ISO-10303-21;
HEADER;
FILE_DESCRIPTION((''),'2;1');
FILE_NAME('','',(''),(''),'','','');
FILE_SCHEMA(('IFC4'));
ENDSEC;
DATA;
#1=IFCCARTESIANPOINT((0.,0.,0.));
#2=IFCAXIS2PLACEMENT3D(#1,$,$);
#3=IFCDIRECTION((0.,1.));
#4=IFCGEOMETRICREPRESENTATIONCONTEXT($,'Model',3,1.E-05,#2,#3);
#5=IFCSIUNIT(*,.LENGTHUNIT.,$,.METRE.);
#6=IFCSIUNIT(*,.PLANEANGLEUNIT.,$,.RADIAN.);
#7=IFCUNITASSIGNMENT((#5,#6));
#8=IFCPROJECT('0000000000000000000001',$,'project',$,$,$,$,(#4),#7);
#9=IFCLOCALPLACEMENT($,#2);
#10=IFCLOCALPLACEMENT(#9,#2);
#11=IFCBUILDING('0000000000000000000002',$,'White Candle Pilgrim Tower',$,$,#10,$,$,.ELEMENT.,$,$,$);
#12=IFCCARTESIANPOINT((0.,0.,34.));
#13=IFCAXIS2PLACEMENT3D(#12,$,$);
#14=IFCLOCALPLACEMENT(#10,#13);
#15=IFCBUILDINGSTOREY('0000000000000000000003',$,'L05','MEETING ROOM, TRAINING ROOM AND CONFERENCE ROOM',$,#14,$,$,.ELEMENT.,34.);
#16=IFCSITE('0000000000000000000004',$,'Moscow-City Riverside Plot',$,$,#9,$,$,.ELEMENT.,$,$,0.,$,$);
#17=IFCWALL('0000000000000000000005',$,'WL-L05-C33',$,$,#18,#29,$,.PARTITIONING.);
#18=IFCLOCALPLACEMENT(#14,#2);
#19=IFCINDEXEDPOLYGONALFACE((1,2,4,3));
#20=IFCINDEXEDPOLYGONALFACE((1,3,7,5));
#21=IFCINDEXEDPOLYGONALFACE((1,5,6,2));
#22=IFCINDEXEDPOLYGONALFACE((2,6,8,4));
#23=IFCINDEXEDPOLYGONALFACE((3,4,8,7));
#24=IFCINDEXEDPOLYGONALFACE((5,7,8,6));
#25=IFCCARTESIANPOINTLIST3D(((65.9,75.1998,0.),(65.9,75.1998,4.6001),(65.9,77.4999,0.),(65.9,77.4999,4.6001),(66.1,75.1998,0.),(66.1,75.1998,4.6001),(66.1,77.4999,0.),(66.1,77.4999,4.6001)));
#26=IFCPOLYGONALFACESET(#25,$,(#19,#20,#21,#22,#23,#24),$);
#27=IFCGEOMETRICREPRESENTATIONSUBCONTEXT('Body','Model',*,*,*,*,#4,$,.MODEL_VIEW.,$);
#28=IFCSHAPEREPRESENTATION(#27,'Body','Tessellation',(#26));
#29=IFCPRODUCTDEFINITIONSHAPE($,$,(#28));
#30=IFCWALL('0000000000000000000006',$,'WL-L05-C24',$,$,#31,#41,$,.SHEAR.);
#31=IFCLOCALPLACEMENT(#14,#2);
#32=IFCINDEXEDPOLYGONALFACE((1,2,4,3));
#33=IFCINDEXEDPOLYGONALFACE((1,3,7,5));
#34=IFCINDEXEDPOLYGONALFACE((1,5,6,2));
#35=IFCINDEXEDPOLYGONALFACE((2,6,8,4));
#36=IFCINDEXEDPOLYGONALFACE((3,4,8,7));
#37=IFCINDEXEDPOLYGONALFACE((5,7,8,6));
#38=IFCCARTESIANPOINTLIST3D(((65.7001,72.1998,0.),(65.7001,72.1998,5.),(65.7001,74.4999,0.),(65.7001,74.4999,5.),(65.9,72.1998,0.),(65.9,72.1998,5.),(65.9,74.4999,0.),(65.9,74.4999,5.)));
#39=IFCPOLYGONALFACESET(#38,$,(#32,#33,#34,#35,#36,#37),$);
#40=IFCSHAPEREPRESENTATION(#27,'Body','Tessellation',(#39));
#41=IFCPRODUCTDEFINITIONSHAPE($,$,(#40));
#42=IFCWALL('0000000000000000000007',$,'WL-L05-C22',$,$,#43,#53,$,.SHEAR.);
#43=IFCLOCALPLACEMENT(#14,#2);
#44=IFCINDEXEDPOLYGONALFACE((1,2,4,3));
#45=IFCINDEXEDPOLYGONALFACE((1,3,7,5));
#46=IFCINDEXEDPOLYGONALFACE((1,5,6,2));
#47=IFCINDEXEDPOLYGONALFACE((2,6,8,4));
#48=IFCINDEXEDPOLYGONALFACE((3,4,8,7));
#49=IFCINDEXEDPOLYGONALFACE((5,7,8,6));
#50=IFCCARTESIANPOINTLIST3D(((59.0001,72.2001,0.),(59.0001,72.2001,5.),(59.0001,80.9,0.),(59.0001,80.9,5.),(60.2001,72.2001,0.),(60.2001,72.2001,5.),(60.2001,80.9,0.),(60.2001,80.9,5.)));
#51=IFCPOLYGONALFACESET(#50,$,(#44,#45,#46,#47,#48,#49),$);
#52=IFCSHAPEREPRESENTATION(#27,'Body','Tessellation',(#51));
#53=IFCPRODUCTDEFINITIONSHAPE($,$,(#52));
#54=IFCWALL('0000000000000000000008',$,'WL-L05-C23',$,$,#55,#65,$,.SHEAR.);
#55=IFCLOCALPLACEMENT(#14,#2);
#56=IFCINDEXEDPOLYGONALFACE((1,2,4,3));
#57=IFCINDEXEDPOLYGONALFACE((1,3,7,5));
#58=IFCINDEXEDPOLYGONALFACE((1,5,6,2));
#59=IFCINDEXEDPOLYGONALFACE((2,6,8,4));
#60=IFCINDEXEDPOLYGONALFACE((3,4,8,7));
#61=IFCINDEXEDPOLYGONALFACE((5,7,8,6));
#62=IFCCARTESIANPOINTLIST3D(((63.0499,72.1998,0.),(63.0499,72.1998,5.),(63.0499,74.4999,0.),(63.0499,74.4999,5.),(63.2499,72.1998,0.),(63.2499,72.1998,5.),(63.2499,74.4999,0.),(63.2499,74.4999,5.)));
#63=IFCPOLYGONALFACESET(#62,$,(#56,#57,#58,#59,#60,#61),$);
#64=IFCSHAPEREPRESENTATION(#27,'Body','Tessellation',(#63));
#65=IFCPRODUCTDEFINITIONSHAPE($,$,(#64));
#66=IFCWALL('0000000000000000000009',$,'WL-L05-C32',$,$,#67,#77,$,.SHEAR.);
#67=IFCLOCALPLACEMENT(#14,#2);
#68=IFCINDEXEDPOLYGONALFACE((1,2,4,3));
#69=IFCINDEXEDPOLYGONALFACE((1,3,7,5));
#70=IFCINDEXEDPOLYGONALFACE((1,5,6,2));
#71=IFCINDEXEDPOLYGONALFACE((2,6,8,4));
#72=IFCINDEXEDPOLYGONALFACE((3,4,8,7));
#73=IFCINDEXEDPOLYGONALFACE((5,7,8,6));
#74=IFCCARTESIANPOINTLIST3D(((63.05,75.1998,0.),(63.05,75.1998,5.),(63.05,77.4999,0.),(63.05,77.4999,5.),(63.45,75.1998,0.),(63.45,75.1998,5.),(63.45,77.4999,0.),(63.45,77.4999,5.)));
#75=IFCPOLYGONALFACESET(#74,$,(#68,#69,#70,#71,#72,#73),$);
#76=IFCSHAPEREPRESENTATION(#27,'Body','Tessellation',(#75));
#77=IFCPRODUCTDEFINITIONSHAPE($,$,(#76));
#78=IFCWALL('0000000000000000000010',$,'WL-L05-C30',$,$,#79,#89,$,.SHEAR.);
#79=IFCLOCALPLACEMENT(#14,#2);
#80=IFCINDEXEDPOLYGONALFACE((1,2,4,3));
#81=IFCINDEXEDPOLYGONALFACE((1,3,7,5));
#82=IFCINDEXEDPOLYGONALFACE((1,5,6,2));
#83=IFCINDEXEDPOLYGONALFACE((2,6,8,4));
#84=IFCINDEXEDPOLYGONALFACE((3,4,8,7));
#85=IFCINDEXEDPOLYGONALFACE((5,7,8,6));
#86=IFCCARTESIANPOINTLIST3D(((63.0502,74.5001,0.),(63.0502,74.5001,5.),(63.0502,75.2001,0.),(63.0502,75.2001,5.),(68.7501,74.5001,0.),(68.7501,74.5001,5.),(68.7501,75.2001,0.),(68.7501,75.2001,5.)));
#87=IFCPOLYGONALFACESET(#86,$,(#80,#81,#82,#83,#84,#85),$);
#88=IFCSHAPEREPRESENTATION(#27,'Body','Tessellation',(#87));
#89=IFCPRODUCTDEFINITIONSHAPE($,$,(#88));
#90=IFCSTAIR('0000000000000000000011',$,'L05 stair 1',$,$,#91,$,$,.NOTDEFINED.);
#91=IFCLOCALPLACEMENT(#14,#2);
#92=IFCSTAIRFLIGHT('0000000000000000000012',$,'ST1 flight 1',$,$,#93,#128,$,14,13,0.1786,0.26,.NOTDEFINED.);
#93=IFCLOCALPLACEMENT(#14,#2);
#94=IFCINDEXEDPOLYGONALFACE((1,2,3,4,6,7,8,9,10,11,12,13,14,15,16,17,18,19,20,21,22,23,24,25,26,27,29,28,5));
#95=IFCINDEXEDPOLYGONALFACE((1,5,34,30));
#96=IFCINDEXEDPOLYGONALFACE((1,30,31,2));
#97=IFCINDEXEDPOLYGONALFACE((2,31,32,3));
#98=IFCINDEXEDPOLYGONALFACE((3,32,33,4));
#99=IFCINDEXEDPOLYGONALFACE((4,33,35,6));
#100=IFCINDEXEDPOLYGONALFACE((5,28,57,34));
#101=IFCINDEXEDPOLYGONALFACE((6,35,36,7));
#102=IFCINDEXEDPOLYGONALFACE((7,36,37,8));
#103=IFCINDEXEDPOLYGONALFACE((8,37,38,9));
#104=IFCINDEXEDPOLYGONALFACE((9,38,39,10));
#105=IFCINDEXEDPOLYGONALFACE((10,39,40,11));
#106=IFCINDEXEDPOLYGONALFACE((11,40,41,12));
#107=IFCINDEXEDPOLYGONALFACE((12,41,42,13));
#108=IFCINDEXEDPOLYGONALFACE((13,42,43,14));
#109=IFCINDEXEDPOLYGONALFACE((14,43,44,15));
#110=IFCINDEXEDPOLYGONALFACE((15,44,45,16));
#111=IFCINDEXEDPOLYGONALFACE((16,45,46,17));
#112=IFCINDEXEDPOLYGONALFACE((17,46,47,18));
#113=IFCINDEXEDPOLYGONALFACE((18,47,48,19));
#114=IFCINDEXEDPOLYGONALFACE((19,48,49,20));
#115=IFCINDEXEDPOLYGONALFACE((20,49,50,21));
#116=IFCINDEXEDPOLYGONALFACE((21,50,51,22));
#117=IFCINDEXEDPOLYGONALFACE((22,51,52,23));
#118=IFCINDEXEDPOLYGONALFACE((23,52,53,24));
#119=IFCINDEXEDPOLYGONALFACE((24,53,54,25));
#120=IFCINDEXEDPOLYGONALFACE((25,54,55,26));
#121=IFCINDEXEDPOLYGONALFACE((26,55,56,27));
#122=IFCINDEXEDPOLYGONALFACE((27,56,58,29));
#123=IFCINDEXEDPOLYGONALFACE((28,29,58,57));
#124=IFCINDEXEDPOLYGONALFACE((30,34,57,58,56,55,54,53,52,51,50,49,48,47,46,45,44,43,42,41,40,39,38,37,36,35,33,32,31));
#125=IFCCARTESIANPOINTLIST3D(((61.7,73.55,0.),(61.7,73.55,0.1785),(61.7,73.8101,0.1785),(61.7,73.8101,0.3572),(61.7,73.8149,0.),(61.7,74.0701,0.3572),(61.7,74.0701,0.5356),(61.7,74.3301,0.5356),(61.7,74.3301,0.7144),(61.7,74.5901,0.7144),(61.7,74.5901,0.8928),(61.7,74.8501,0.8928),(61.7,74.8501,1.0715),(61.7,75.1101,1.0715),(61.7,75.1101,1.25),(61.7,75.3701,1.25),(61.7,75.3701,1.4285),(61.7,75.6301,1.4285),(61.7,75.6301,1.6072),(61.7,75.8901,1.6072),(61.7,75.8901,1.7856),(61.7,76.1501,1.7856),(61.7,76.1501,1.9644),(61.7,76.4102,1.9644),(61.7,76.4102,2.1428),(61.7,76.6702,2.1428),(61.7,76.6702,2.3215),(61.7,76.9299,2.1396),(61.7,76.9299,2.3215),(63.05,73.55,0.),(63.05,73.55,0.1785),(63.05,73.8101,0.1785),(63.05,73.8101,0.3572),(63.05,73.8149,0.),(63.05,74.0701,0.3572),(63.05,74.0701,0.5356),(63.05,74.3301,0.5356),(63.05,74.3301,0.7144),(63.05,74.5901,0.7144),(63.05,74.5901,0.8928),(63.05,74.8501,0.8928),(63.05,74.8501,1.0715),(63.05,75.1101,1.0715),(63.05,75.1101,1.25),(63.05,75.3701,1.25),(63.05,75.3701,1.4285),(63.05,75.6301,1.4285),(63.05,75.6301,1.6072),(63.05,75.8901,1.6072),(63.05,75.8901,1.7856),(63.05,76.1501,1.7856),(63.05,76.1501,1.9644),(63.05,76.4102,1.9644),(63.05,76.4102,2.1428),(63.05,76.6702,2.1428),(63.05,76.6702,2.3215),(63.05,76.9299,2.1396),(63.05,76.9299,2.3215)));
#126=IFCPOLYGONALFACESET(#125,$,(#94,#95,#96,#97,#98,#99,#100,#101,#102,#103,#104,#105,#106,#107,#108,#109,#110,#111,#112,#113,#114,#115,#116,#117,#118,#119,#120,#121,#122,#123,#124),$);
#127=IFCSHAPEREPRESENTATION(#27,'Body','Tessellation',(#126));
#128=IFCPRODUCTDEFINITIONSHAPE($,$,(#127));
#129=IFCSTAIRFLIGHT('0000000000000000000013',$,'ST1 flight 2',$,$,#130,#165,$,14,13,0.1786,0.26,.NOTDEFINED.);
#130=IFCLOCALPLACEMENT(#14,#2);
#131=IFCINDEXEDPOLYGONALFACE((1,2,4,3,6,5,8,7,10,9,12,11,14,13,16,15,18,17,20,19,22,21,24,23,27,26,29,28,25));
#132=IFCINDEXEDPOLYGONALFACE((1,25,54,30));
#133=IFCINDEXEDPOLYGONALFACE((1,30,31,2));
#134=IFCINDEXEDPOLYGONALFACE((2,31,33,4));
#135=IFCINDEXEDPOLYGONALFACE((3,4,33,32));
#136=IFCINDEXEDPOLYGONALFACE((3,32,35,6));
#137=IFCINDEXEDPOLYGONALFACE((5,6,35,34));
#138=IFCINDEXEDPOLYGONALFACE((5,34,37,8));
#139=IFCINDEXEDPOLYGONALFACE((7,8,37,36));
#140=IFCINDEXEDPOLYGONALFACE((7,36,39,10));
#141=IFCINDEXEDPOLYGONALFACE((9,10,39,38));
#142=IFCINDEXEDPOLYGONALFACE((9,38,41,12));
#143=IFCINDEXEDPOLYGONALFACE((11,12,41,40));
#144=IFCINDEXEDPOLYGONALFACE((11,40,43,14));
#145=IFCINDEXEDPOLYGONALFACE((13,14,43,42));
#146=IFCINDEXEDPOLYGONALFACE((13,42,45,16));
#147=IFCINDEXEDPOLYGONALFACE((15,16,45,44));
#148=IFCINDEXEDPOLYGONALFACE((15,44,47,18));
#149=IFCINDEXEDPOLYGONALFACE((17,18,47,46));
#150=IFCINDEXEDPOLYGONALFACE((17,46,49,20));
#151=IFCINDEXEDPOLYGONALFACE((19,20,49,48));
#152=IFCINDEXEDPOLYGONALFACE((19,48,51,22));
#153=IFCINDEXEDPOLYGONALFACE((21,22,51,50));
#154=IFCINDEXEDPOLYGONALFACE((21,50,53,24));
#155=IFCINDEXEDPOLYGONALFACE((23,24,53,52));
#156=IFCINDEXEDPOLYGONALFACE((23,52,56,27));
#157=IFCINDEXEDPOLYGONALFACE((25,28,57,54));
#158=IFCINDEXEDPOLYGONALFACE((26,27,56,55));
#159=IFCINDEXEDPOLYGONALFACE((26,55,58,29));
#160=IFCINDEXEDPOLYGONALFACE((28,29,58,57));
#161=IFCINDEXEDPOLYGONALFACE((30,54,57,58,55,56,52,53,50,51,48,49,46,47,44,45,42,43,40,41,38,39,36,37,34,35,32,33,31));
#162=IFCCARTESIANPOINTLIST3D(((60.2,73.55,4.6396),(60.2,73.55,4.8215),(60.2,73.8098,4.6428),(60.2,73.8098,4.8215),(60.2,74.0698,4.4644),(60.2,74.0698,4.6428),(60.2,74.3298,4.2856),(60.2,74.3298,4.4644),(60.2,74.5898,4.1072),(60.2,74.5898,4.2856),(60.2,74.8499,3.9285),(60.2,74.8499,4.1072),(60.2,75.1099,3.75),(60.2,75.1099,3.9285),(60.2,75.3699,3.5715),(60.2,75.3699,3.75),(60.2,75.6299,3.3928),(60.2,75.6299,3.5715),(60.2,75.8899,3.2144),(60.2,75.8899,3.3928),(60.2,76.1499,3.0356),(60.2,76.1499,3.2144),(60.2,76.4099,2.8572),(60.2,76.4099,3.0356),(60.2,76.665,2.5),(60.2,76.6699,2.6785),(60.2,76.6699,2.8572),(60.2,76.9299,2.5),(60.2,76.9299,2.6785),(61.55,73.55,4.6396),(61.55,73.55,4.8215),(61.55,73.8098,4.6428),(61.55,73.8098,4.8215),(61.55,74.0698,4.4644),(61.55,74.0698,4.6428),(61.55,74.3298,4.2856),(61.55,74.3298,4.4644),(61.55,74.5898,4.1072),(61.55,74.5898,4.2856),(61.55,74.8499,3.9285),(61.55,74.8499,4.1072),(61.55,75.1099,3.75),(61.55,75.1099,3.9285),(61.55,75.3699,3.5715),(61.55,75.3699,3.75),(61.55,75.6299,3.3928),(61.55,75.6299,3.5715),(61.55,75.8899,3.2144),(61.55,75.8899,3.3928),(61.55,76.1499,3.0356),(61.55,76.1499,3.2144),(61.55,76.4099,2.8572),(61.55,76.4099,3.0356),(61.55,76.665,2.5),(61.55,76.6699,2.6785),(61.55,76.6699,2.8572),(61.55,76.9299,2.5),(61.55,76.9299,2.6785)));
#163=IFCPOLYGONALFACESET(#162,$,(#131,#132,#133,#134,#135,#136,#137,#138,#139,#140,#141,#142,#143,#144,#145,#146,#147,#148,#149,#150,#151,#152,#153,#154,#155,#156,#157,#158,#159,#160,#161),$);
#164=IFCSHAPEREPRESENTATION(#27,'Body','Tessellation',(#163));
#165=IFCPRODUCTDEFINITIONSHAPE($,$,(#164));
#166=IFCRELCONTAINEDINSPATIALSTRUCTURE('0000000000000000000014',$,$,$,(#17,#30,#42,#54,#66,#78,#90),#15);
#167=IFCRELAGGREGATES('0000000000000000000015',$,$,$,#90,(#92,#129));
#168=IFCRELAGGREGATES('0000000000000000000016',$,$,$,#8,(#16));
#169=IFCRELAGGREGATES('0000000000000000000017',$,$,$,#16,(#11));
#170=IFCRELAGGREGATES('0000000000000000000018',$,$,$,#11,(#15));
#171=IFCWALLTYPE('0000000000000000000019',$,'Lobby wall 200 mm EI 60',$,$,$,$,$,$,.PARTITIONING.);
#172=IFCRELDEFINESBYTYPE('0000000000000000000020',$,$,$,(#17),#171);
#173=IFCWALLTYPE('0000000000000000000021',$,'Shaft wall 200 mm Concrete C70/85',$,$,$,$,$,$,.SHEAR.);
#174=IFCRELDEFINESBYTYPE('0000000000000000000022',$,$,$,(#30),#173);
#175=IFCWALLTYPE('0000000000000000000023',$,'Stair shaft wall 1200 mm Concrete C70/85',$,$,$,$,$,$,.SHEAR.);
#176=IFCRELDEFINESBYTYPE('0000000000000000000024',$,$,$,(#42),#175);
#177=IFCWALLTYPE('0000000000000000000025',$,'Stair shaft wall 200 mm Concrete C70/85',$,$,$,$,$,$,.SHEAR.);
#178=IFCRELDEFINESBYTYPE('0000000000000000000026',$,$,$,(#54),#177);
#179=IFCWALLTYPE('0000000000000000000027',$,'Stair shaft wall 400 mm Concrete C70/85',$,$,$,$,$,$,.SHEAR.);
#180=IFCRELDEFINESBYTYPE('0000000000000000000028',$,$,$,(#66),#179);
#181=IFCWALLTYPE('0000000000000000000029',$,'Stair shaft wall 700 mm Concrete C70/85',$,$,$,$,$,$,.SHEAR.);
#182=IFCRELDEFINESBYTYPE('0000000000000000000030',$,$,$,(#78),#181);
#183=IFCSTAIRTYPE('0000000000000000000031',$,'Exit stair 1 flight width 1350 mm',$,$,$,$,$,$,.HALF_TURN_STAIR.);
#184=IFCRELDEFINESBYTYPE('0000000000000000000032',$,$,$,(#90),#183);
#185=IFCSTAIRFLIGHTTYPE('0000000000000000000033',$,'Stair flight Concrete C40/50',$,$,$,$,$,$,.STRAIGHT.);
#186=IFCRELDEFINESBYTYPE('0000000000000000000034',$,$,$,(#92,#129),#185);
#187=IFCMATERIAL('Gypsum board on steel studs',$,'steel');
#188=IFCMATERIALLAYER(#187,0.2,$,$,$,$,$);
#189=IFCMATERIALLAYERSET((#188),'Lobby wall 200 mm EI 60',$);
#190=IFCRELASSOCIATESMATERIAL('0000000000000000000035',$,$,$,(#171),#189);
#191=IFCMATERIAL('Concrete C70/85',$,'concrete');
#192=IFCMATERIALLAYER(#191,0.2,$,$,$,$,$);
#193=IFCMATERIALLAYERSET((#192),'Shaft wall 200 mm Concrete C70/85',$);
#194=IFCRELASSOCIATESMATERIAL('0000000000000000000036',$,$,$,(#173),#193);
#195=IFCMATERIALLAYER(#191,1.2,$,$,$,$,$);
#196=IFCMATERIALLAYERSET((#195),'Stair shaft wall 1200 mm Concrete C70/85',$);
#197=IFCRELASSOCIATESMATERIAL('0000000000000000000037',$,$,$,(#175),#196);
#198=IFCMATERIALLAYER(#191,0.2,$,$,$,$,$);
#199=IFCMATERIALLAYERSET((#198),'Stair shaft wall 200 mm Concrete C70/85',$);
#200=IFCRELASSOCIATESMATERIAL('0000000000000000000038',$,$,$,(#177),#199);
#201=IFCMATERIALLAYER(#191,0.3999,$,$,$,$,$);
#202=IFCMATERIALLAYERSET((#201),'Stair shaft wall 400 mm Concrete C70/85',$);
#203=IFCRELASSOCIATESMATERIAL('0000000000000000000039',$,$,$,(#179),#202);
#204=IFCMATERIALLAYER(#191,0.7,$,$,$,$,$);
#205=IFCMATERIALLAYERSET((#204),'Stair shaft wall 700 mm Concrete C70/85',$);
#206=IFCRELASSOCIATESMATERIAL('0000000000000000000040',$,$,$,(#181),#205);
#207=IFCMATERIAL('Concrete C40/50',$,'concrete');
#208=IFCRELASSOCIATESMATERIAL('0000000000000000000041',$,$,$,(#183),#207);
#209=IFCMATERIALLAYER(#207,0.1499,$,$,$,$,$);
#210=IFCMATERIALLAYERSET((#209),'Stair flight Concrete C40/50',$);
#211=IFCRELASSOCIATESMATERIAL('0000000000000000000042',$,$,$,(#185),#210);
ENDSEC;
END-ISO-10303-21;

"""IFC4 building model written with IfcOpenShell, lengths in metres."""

from ifc_helpers import new_model, si_unit, direction, frame, frame_2d, origin, place, context, subcontext, project, spatial, polyline, rectangle, outline, extrude, material, layer, layer_set, type_object, element, aggregate, save


model = new_model("IFC4")

# Units and contexts
model_context = context("Model", 3, precision=1e-05, world=origin(), true_north=direction((0.0, 1.0)))
body_context = subcontext(model_context, "Body", "Model", "MODEL_VIEW")
ifc_project = project(units=[si_unit("LENGTHUNIT", "METRE"), si_unit("PLANEANGLEUNIT", "RADIAN")], contexts=[model_context])

# Site, building, storey
site_placement = place(None, origin())
site = spatial("IfcSite", under=ifc_project, at=site_placement, Name="Moscow-City Riverside Plot", CompositionType="ELEMENT", RefElevation=0.0)
building_placement = place(site_placement, origin())
building = spatial("IfcBuilding", under=site, at=building_placement, Name="White Candle Pilgrim Tower", CompositionType="ELEMENT")
storey_placement = place(building_placement, frame((0.0, 0.0, 34.0)))
storey = spatial("IfcBuildingStorey", under=building, at=storey_placement, Name="L05", Description="MEETING ROOM, TRAINING ROOM AND CONFERENCE ROOM", CompositionType="ELEMENT", Elevation=34.0)

# Walls
ifc_material_1 = material(Name="Gypsum board on steel studs", Category="steel")
ifc_layer_1 = layer(ifc_material_1, 0.2)
ifc_layer_set_1 = layer_set([ifc_layer_1], Name="Lobby wall 200 mm EI 60")
wall_type_1 = type_object("IfcWallType", Name="Lobby wall 200 mm EI 60", PredefinedType="PARTITIONING", material=ifc_layer_set_1)
wall_1_placement = place(storey_placement, frame((66.0, 75.2, 0.0), z_axis=(0.0, 0.0, 1.0), x_axis=(0.0, 1.0, 0.0)))
element("IfcWall", 1, at=wall_1_placement, inside=storey, type_object=wall_type_1, Name="WL-L05-C33", PredefinedType="PARTITIONING", context=body_context, shape_type="SweptSolid", body=[
    extrude(rectangle(XDim=2.3, YDim=0.2, at=frame_2d((1.1499, 0.0))), origin(), (0.0, 0.0, 1.0), 4.6001),
])
ifc_material_2 = material(Name="Concrete C70/85", Category="concrete")
ifc_layer_2 = layer(ifc_material_2, 0.2)
ifc_layer_set_2 = layer_set([ifc_layer_2], Name="Shaft wall 200 mm Concrete C70/85")
wall_type_2 = type_object("IfcWallType", Name="Shaft wall 200 mm Concrete C70/85", PredefinedType="SHEAR", material=ifc_layer_set_2)
wall_2_placement = place(storey_placement, frame((65.8, 72.2, 0.0), z_axis=(0.0, 0.0, 1.0), x_axis=(0.0, 1.0, 0.0)))
element("IfcWall", 2, at=wall_2_placement, inside=storey, type_object=wall_type_2, Name="WL-L05-C24", PredefinedType="SHEAR", context=body_context, shape_type="SweptSolid", body=[
    extrude(rectangle(XDim=2.3, YDim=0.2, at=frame_2d((1.1499, 0.0))), origin(), (0.0, 0.0, 1.0), 5.0),
])
ifc_layer_3 = layer(ifc_material_2, 1.2)
ifc_layer_set_3 = layer_set([ifc_layer_3], Name="Stair shaft wall 1200 mm Concrete C70/85")
wall_type_3 = type_object("IfcWallType", Name="Stair shaft wall 1200 mm Concrete C70/85", PredefinedType="SHEAR", material=ifc_layer_set_3)
wall_3_placement = place(storey_placement, frame((59.6001, 72.2, 0.0), z_axis=(0.0, 0.0, 1.0), x_axis=(0.0, 1.0, 0.0)))
element("IfcWall", 3, at=wall_3_placement, inside=storey, type_object=wall_type_3, Name="WL-L05-C22", PredefinedType="SHEAR", context=body_context, shape_type="SweptSolid", body=[
    extrude(rectangle(XDim=8.7, YDim=1.2, at=frame_2d((4.3501, 0.0))), origin(), (0.0, 0.0, 1.0), 5.0),
])
ifc_layer_4 = layer(ifc_material_2, 0.2)
ifc_layer_set_4 = layer_set([ifc_layer_4], Name="Stair shaft wall 200 mm Concrete C70/85")
wall_type_4 = type_object("IfcWallType", Name="Stair shaft wall 200 mm Concrete C70/85", PredefinedType="SHEAR", material=ifc_layer_set_4)
wall_4_placement = place(storey_placement, frame((63.1499, 72.2, 0.0), z_axis=(0.0, 0.0, 1.0), x_axis=(0.0, 1.0, 0.0)))
element("IfcWall", 4, at=wall_4_placement, inside=storey, type_object=wall_type_4, Name="WL-L05-C23", PredefinedType="SHEAR", context=body_context, shape_type="SweptSolid", body=[
    extrude(rectangle(XDim=2.3, YDim=0.2, at=frame_2d((1.1499, 0.0))), origin(), (0.0, 0.0, 1.0), 5.0),
])
ifc_layer_5 = layer(ifc_material_2, 0.3999)
ifc_layer_set_5 = layer_set([ifc_layer_5], Name="Stair shaft wall 400 mm Concrete C70/85")
wall_type_5 = type_object("IfcWallType", Name="Stair shaft wall 400 mm Concrete C70/85", PredefinedType="SHEAR", material=ifc_layer_set_5)
wall_5_placement = place(storey_placement, frame((63.25, 75.2, 0.0), z_axis=(0.0, 0.0, 1.0), x_axis=(0.0, 1.0, 0.0)))
element("IfcWall", 5, at=wall_5_placement, inside=storey, type_object=wall_type_5, Name="WL-L05-C32", PredefinedType="SHEAR", context=body_context, shape_type="SweptSolid", body=[
    extrude(rectangle(XDim=2.3, YDim=0.3999, at=frame_2d((1.1499, 0.0))), origin(), (0.0, 0.0, 1.0), 5.0),
])
ifc_layer_6 = layer(ifc_material_2, 0.7)
ifc_layer_set_6 = layer_set([ifc_layer_6], Name="Stair shaft wall 700 mm Concrete C70/85")
wall_type_6 = type_object("IfcWallType", Name="Stair shaft wall 700 mm Concrete C70/85", PredefinedType="SHEAR", material=ifc_layer_set_6)
wall_6_placement = place(storey_placement, frame((63.05, 74.8501, 0.0), z_axis=(0.0, 0.0, 1.0), x_axis=(1.0, 0.0, 0.0)))
element("IfcWall", 6, at=wall_6_placement, inside=storey, type_object=wall_type_6, Name="WL-L05-C30", PredefinedType="SHEAR", context=body_context, shape_type="SweptSolid", body=[
    extrude(rectangle(XDim=5.7, YDim=0.7, at=frame_2d((2.8501, 0.0))), origin(), (0.0, 0.0, 1.0), 5.0),
])

# Stair, stair flights
ifc_material_3 = material(Name="Concrete C40/50", Category="concrete")
stair_type = type_object("IfcStairType", Name="Exit stair 1 flight width 1350 mm", PredefinedType="HALF_TURN_STAIR", material=ifc_material_3)
stair_placement = place(storey_placement, origin())
stair = element("IfcStair", 7, at=stair_placement, inside=storey, type_object=stair_type, Name="L05 stair 1", PredefinedType="NOTDEFINED")
ifc_layer_7 = layer(ifc_material_3, 0.1499)
ifc_layer_set_7 = layer_set([ifc_layer_7], Name="Stair flight Concrete C40/50")
stair_flight_type = type_object("IfcStairFlightType", Name="Stair flight Concrete C40/50", PredefinedType="STRAIGHT", material=ifc_layer_set_7)
stair_flight_1_placement = place(storey_placement, frame((62.375, 73.55, 0.0), z_axis=(0.0, 0.0, 1.0), x_axis=(0.0, 1.0, 0.0)))
stair_flight_1 = element("IfcStairFlight", 8, at=stair_flight_1_placement, type_object=stair_flight_type, Name="ST1 flight 1", NumberOfRisers=14, NumberOfTreads=13, PredefinedType="NOTDEFINED", RiserHeight=0.1786, TreadLength=0.26, context=body_context, shape_type="SweptSolid", body=[
    extrude(outline(polyline([(0.0, 0.0), (0.0, 0.1785), (0.26, 0.1785), (0.26, 0.3572), (0.52, 0.3572), (0.52, 0.5356), (0.78, 0.5356), (0.78, 0.7144), (1.04, 0.7144), (1.04, 0.8928), (1.3, 0.8928), (1.3, 1.0715), (1.5601, 1.0715), (1.5601, 1.25), (1.8201, 1.25), (1.8201, 1.4285), (2.0801, 1.4285), (2.0801, 1.6072), (2.3401, 1.6072), (2.3401, 1.7856), (2.6001, 1.7856), (2.6001, 1.9644), (2.8601, 1.9644), (2.8601, 2.1428), (3.1201, 2.1428), (3.1201, 2.3215), (3.3799, 2.3215), (3.3799, 2.5), (3.3799, 2.1396), (0.2649, 0.0), (0.0, 0.0)])), frame((0.0, 0.675, 0.0), z_axis=(0.0, -1.0, 0.0), x_axis=(1.0, 0.0, 0.0)), (0.0, 0.0, 1.0), 1.3501),
])
stair_flight_2_placement = place(storey_placement, frame((60.875, 76.9299, 2.5), z_axis=(0.0, 0.0, 1.0), x_axis=(0.0, -1.0, 0.0)))
stair_flight_2 = element("IfcStairFlight", 9, at=stair_flight_2_placement, type_object=stair_flight_type, Name="ST1 flight 2", NumberOfRisers=14, NumberOfTreads=13, PredefinedType="NOTDEFINED", RiserHeight=0.1786, TreadLength=0.26, context=body_context, shape_type="SweptSolid", body=[
    extrude(outline(polyline([(0.0, 0.0), (0.0, 0.1785), (0.26, 0.1785), (0.26, 0.3572), (0.52, 0.3572), (0.52, 0.5356), (0.78, 0.5356), (0.78, 0.7144), (1.04, 0.7144), (1.04, 0.8928), (1.3, 0.8928), (1.3, 1.0715), (1.5601, 1.0715), (1.5601, 1.25), (1.8201, 1.25), (1.8201, 1.4285), (2.0801, 1.4285), (2.0801, 1.6072), (2.3401, 1.6072), (2.3401, 1.7856), (2.6001, 1.7856), (2.6001, 1.9644), (2.8601, 1.9644), (2.8601, 2.1428), (3.1201, 2.1428), (3.1201, 2.3215), (3.3799, 2.3215), (3.3799, 2.5), (3.3799, 2.1396), (0.2649, 0.0), (0.0, 0.0)])), frame((0.0, 0.675, 0.0), z_axis=(0.0, -1.0, 0.0), x_axis=(1.0, 0.0, 0.0)), (0.0, 0.0, 1.0), 1.3501),
])
aggregate(stair, [stair_flight_1, stair_flight_2])

save(model, "model.ifc")
